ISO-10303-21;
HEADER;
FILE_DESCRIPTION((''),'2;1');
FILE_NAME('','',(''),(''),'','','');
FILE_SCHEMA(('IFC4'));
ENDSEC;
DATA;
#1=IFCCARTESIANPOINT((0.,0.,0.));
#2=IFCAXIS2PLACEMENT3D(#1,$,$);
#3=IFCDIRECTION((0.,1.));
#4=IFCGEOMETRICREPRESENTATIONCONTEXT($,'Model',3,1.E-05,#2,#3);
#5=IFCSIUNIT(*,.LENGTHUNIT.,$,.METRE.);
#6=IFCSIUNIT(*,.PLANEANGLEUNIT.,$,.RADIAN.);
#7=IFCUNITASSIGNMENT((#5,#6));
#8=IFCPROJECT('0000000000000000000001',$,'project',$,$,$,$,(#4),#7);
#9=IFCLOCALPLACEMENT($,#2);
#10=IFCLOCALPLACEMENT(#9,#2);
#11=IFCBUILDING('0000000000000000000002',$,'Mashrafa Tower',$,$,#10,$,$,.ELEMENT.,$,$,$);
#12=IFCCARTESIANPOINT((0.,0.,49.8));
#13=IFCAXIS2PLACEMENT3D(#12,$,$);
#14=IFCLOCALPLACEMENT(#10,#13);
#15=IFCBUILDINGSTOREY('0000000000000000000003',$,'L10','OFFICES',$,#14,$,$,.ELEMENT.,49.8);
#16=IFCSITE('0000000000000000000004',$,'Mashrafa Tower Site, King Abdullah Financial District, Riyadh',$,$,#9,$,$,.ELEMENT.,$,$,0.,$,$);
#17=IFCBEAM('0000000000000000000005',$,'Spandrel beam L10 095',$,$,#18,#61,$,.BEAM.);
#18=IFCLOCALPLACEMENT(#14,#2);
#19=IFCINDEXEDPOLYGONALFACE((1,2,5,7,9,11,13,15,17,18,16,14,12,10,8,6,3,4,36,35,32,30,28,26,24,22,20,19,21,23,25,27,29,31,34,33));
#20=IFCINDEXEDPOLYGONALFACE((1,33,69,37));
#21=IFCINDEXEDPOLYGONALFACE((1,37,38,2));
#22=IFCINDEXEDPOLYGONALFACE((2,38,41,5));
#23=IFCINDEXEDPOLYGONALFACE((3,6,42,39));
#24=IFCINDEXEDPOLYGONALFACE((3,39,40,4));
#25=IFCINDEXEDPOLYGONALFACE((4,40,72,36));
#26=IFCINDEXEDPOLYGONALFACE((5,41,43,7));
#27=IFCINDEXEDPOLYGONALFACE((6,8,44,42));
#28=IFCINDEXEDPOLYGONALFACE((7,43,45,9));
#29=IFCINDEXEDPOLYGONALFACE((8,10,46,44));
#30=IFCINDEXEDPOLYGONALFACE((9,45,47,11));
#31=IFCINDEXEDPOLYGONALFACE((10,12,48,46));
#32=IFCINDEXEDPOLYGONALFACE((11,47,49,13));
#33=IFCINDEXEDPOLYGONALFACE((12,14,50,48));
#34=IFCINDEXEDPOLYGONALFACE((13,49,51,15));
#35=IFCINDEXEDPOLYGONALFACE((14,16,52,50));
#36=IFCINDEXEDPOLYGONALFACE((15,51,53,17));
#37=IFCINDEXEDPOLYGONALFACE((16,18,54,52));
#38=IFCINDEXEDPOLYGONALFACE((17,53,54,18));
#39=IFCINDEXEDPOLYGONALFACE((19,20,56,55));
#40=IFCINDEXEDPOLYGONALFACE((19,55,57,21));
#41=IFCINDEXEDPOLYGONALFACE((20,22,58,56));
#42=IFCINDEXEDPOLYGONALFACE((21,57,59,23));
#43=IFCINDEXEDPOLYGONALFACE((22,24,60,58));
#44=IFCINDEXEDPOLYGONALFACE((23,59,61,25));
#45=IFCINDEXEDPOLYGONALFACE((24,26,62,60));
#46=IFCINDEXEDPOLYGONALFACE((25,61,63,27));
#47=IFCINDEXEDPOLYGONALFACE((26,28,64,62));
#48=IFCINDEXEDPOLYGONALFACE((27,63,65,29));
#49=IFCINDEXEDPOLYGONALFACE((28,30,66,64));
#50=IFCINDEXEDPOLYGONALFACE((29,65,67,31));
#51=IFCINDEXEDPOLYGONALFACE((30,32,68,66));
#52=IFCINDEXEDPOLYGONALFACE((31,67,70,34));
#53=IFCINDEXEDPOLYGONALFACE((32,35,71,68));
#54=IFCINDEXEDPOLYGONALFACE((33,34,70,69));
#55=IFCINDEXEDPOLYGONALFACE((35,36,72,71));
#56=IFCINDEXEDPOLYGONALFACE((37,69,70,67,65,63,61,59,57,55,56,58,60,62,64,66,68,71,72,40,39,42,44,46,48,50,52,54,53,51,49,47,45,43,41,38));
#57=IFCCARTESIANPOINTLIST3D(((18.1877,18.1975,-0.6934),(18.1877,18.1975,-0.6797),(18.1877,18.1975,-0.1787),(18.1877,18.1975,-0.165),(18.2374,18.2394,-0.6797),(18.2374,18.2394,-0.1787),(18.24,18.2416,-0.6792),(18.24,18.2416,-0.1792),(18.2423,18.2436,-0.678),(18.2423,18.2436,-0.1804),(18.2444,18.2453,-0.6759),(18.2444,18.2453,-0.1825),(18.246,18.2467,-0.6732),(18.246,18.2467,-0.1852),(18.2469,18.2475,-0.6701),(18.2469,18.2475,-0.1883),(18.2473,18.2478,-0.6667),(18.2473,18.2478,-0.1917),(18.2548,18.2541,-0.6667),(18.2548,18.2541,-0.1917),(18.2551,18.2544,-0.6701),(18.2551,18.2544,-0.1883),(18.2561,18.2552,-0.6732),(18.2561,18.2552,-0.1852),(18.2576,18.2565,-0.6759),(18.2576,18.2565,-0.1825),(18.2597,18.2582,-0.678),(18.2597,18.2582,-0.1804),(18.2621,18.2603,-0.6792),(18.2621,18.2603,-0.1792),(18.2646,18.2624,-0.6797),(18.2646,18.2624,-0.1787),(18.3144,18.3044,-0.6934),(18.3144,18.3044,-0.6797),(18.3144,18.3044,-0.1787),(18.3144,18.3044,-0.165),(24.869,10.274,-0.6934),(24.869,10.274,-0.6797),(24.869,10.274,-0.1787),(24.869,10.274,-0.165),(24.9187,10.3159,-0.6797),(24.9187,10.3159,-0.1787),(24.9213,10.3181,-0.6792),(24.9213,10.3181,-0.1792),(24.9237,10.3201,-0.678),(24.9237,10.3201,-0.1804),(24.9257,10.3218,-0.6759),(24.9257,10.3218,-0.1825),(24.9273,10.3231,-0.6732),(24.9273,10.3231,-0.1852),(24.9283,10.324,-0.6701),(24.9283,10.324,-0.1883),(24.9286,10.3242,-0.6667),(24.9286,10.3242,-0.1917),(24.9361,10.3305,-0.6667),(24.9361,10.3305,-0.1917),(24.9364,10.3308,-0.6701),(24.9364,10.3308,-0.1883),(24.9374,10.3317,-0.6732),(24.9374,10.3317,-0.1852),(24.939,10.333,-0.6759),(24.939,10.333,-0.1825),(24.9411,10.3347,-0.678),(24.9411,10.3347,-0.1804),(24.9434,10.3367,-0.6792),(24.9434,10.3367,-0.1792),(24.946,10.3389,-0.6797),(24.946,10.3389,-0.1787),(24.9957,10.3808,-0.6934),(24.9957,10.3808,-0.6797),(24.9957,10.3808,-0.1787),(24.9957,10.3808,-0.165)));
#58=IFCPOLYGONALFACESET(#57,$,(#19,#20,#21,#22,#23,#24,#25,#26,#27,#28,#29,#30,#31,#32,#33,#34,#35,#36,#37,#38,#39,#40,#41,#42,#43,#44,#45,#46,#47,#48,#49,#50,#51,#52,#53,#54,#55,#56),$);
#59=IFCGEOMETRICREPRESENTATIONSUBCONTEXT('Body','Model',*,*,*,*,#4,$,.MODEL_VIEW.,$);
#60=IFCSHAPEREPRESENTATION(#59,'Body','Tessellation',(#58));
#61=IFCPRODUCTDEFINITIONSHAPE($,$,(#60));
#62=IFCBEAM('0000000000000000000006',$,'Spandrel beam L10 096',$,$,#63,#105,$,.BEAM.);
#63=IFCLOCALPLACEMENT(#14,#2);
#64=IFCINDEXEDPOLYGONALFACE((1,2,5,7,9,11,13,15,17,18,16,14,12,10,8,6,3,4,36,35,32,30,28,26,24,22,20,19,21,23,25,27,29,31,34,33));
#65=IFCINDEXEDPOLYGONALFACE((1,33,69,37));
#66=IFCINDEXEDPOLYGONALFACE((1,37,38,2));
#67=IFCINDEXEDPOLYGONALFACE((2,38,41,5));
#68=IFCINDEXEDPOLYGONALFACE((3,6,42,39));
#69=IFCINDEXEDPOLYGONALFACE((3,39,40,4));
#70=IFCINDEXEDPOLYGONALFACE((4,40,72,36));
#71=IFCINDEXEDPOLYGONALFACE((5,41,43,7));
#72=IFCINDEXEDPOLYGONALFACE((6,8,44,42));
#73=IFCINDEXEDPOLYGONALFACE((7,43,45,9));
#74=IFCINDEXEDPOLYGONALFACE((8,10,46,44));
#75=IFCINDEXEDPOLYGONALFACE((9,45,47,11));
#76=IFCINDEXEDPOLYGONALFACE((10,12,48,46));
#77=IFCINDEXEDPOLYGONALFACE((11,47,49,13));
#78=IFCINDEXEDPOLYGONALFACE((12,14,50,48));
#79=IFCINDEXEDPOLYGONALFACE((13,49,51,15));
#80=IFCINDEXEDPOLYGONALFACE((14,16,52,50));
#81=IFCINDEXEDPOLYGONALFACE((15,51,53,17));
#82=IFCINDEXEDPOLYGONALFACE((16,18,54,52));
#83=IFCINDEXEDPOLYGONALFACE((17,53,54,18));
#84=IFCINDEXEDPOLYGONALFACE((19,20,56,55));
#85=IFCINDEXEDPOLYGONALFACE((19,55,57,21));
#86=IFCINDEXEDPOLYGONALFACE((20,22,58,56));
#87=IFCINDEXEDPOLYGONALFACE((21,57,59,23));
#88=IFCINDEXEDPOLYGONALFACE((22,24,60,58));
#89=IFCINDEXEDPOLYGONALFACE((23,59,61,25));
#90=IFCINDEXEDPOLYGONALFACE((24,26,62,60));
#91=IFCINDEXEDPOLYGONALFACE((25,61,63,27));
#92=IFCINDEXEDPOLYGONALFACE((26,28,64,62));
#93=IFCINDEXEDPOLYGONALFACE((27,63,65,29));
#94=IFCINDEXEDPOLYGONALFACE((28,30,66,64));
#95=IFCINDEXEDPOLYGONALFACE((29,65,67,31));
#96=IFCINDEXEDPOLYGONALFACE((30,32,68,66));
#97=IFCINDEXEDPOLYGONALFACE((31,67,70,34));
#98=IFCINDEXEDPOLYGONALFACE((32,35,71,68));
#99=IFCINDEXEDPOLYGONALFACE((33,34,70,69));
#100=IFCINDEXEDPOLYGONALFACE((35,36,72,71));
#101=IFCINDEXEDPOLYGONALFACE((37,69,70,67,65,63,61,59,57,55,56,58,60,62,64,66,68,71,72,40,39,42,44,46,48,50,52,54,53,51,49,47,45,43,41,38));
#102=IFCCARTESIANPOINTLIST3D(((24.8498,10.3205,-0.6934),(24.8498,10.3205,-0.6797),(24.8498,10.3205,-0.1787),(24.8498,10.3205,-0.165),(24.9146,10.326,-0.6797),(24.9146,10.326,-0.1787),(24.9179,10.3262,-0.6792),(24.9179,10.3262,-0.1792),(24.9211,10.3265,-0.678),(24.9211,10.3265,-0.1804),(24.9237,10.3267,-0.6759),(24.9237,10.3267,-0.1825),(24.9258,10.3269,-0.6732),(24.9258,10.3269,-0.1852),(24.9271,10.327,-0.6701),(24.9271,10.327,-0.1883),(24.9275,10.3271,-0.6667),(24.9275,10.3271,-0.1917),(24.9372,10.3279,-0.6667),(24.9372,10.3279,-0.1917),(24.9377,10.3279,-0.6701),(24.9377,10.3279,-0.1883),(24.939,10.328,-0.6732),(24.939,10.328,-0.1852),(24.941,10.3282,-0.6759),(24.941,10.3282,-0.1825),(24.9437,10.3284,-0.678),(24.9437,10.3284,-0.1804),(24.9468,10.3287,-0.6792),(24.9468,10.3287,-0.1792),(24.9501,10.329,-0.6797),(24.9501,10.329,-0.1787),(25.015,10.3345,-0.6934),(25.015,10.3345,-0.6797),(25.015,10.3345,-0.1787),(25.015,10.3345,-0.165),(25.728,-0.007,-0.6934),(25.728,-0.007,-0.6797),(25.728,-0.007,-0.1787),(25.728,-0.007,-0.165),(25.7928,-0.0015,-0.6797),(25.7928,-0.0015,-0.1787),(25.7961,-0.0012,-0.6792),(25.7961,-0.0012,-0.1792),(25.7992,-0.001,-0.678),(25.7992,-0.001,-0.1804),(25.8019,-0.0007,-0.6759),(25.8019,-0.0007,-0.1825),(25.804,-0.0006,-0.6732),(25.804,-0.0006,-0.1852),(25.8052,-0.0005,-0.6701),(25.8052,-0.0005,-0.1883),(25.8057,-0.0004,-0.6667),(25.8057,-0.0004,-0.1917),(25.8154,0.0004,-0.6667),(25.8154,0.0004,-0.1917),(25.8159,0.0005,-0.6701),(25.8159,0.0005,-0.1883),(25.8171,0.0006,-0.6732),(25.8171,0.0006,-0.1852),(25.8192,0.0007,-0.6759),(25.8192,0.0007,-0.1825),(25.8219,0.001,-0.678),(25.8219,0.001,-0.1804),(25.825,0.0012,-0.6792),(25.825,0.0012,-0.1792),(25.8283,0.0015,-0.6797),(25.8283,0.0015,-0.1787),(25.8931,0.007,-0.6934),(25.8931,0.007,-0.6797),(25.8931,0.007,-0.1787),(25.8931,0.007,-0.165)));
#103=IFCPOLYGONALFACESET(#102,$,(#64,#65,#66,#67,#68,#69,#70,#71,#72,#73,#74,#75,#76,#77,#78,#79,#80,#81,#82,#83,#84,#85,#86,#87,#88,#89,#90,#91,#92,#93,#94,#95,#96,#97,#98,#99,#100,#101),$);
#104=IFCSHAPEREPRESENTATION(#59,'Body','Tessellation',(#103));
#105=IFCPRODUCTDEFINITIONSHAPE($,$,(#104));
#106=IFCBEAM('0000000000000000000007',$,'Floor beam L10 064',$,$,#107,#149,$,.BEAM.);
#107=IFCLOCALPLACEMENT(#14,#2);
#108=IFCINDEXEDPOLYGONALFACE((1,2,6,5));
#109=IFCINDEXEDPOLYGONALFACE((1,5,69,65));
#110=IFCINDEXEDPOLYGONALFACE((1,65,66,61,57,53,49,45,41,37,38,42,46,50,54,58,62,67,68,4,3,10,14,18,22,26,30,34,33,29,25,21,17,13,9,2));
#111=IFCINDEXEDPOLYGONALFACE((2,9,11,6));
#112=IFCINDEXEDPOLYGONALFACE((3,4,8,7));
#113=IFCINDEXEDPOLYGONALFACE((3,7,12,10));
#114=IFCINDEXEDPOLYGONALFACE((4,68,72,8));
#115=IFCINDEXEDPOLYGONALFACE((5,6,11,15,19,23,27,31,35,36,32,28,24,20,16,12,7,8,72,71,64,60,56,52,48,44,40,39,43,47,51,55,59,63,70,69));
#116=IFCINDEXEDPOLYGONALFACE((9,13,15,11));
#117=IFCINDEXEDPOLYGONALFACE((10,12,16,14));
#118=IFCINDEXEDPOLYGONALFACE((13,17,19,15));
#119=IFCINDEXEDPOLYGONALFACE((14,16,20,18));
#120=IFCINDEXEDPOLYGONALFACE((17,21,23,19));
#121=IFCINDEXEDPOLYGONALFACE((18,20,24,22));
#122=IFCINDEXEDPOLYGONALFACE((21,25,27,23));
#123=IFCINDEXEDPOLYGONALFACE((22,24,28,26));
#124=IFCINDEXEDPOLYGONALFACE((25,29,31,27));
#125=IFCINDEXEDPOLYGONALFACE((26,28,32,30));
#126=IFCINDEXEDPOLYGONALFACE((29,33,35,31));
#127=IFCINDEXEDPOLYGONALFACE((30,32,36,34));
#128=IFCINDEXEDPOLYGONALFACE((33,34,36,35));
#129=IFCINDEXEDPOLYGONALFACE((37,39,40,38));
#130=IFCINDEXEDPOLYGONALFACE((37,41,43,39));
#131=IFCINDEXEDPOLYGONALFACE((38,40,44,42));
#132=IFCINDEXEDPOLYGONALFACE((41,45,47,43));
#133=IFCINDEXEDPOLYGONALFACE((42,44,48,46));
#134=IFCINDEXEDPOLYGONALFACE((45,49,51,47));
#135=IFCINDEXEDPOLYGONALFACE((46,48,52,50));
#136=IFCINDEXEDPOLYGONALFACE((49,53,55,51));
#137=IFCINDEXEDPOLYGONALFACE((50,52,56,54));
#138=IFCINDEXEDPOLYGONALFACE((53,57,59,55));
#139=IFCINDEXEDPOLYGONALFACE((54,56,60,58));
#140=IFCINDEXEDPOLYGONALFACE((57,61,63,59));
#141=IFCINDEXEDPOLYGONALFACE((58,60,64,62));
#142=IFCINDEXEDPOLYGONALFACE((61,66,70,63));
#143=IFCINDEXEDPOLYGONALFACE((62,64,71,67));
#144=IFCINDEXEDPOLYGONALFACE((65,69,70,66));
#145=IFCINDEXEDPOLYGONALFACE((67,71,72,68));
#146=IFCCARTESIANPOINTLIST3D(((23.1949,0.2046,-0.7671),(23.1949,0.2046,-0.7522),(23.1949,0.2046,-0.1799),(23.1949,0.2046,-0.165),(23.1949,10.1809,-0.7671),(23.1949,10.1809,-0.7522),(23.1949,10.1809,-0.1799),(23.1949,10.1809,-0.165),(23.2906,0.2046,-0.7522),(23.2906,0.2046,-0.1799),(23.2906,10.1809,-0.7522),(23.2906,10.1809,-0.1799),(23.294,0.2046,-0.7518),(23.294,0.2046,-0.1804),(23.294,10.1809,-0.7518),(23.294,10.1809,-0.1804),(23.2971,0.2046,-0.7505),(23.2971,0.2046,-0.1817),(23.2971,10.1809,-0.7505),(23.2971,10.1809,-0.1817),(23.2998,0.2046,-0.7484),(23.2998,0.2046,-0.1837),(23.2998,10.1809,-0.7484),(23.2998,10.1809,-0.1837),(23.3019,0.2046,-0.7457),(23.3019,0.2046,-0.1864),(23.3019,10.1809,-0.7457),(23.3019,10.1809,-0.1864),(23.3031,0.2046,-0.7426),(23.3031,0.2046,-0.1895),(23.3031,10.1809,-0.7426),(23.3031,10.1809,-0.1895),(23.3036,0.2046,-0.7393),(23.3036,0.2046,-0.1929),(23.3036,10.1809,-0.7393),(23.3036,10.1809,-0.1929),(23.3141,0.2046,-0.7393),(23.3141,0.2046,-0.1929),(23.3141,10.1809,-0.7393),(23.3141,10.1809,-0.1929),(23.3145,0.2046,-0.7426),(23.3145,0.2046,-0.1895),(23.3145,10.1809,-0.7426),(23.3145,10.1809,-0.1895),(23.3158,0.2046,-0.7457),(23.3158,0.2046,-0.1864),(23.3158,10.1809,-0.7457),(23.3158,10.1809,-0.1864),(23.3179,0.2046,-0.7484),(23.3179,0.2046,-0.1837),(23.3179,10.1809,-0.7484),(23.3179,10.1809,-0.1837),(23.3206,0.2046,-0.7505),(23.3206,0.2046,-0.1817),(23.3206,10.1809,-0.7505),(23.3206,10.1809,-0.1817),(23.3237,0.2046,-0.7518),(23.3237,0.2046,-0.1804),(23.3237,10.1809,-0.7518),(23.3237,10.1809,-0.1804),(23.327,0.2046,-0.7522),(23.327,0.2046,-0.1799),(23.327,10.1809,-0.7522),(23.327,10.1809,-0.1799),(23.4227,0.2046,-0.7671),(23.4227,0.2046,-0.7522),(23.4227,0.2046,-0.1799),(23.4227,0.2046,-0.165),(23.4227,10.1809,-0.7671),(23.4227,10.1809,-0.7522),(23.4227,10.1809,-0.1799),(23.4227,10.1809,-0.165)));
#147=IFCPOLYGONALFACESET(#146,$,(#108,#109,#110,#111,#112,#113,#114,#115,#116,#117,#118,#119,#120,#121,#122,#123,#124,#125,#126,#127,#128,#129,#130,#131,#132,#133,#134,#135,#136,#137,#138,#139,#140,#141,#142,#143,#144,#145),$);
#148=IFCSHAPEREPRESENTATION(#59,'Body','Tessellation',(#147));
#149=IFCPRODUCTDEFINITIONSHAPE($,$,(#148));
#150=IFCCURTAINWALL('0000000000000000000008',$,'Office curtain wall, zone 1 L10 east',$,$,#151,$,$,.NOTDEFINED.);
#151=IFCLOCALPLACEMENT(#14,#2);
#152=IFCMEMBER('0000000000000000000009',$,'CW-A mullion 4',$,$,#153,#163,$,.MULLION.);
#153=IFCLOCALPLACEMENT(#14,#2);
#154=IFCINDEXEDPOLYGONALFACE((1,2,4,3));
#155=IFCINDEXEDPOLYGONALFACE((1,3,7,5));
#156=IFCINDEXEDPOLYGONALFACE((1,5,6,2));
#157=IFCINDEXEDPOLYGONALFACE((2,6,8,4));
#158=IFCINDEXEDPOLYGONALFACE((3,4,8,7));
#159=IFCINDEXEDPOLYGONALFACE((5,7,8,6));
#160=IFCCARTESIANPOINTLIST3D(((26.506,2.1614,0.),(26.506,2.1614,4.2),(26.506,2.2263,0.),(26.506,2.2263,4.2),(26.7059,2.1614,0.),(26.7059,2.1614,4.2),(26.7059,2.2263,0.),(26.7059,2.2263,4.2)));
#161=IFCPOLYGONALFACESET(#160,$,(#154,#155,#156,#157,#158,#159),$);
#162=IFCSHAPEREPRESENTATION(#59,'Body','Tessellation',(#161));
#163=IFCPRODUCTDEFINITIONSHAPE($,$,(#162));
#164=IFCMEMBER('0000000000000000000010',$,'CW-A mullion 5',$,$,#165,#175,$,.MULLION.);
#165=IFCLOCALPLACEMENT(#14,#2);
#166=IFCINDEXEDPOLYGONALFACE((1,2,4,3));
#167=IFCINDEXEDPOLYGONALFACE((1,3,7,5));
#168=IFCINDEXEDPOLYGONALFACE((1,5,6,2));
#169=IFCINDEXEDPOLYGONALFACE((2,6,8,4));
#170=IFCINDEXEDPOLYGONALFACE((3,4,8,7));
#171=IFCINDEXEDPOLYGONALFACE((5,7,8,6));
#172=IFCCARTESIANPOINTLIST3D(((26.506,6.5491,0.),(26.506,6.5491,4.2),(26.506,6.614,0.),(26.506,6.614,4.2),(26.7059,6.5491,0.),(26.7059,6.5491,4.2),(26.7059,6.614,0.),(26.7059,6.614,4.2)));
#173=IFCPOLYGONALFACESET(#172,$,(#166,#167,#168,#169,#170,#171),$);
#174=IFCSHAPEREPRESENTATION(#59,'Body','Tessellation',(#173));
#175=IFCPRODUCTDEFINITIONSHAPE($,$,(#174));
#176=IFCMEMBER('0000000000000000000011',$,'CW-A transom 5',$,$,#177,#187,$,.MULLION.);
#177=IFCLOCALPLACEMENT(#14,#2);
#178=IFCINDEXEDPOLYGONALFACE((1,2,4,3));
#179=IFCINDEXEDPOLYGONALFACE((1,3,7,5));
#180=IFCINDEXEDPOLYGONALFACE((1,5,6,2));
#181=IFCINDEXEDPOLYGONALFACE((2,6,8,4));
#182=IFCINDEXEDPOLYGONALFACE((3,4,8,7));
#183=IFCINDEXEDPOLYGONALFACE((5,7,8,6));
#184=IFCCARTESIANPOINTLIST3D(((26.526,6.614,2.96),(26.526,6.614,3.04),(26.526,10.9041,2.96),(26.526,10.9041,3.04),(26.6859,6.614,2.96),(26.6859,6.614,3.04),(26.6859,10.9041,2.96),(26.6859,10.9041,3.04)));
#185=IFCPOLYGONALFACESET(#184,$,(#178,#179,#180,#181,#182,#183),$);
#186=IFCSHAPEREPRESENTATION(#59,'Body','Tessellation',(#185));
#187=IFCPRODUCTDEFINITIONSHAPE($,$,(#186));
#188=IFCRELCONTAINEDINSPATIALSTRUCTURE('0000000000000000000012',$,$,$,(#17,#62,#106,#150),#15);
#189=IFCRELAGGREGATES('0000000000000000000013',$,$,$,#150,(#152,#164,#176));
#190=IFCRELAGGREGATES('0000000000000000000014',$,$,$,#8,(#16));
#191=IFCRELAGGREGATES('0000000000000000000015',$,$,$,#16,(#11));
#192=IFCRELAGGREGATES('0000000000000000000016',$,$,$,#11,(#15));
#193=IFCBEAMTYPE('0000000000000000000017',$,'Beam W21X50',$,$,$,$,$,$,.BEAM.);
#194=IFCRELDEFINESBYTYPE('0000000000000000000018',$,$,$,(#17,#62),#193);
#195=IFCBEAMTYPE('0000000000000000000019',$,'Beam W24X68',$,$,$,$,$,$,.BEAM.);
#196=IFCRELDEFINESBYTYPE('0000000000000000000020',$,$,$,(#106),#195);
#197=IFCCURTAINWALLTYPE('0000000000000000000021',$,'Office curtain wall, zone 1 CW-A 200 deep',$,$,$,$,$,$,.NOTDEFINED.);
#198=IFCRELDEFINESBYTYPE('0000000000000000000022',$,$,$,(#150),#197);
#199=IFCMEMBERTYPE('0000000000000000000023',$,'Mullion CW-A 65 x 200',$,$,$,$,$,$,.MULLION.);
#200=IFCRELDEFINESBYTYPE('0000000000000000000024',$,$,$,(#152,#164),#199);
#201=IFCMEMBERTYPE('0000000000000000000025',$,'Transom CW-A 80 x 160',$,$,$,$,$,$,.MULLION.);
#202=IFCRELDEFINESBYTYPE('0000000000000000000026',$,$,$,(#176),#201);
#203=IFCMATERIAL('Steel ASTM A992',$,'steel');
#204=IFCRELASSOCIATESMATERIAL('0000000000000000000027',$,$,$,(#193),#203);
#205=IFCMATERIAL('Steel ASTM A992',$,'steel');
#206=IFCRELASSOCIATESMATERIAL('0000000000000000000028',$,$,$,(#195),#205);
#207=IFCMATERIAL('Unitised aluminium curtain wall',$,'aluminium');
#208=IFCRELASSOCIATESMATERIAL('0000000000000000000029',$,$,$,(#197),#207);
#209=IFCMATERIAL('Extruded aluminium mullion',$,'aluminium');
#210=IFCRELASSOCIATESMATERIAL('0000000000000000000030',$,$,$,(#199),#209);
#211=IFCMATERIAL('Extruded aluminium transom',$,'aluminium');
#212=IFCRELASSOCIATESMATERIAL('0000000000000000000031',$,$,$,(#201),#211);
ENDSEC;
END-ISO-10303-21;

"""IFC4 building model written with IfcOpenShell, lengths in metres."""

from ifc_helpers import new_model, si_unit, direction, frame, origin, origin_2d, place, context, subcontext, project, spatial, rectangle, i_section, extrude, source, transform, mapped, material, material_profile, profile_set, type_object, type_shapes, element, aggregate, save


model = new_model("IFC4")

# Units and contexts
model_context = context("Model", 3, precision=1e-05, world=origin(), true_north=direction((0.0, 1.0)))
body_context = subcontext(model_context, "Body", "Model", "MODEL_VIEW")
ifc_project = project(units=[si_unit("LENGTHUNIT", "METRE"), si_unit("PLANEANGLEUNIT", "RADIAN")], contexts=[model_context])

# Site, building, storey
site_placement = place(None, origin())
site = spatial("IfcSite", under=ifc_project, at=site_placement, Name="Mashrafa Tower Site, King Abdullah Financial District, Riyadh", CompositionType="ELEMENT", RefElevation=0.0)
building_placement = place(site_placement, origin())
building = spatial("IfcBuilding", under=site, at=building_placement, Name="Mashrafa Tower", CompositionType="ELEMENT")
storey_placement = place(building_placement, frame((0.0, 0.0, 49.8)))
storey = spatial("IfcBuildingStorey", under=building, at=storey_placement, Name="L10", Description="OFFICES", CompositionType="ELEMENT", Elevation=49.8)

# Beams
ifc_material_1 = material(Name="Steel ASTM A992", Category="steel")
ifc_material_profile_1 = material_profile(ifc_material_1, i_section(OverallWidth=0.1658, OverallDepth=0.5283, WebThickness=0.0098, FlangeThickness=0.0137, FilletRadius=0.0129, at=origin_2d()), Name="W21X50")
ifc_profile_set_1 = profile_set([ifc_material_profile_1], Name="Steel ASTM A992")
beam_type_1 = type_object("IfcBeamType", Name="Beam W21X50", PredefinedType="BEAM", material=ifc_profile_set_1)
beam_1_placement = place(storey_placement, frame((24.9324, 10.3274, -0.4292), z_axis=(-0.644638, 0.764488, 0.0), x_axis=(-0.764488, -0.644638, 0.0)))
element("IfcBeam", 1, at=beam_1_placement, inside=storey, type_object=beam_type_1, Name="Spandrel beam L10 095", PredefinedType="BEAM", context=body_context, shape_type="SweptSolid", body=[
    extrude(i_section(OverallWidth=0.1658, OverallDepth=0.5283, WebThickness=0.0098, FlangeThickness=0.0137, FilletRadius=0.0129, at=origin_2d()), origin(), (0.0, 0.0, 1.0), 10.3645),
])
beam_2_placement = place(storey_placement, frame((25.8105, 0.0, -0.4292), z_axis=(-0.084728, 0.996404, 0.0), x_axis=(-0.996404, -0.084728, 0.0)))
element("IfcBeam", 2, at=beam_2_placement, inside=storey, type_object=beam_type_1, Name="Spandrel beam L10 096", PredefinedType="BEAM", context=body_context, shape_type="SweptSolid", body=[
    extrude(i_section(OverallWidth=0.1658, OverallDepth=0.5283, WebThickness=0.0098, FlangeThickness=0.0137, FilletRadius=0.0129, at=origin_2d()), origin(), (0.0, 0.0, 1.0), 10.3647),
])
ifc_material_2 = material(Name="Steel ASTM A992", Category="steel")
ifc_material_profile_2 = material_profile(ifc_material_2, i_section(OverallWidth=0.2278, OverallDepth=0.6021, WebThickness=0.0105, FlangeThickness=0.0149, FilletRadius=0.0129, at=origin_2d()), Name="W24X68")
ifc_profile_set_2 = profile_set([ifc_material_profile_2], Name="Steel ASTM A992")
beam_type_2 = type_object("IfcBeamType", Name="Beam W24X68", PredefinedType="BEAM", material=ifc_profile_set_2)
beam_3_placement = place(storey_placement, frame((23.3088, 10.1809, -0.4661), z_axis=(0.0, -1.0, 0.0), x_axis=(1.0, 0.0, 0.0)))
element("IfcBeam", 3, at=beam_3_placement, inside=storey, type_object=beam_type_2, Name="Floor beam L10 064", PredefinedType="BEAM", context=body_context, shape_type="SweptSolid", body=[
    extrude(i_section(OverallWidth=0.2278, OverallDepth=0.6021, WebThickness=0.0105, FlangeThickness=0.0149, FilletRadius=0.0129, at=origin_2d()), origin(), (0.0, 0.0, 1.0), 9.9763),
])

# Curtain wall, members
ifc_material_3 = material(Name="Unitised aluminium curtain wall", Category="aluminium")
curtain_wall_type = type_object("IfcCurtainWallType", Name="Office curtain wall, zone 1 CW-A 200 deep", PredefinedType="NOTDEFINED", material=ifc_material_3)
curtain_wall_placement = place(storey_placement, origin())
curtain_wall = element("IfcCurtainWall", 4, at=curtain_wall_placement, inside=storey, type_object=curtain_wall_type, Name="Office curtain wall, zone 1 L10 east", PredefinedType="NOTDEFINED")
ifc_material_4 = material(Name="Extruded aluminium mullion", Category="aluminium")
ifc_material_profile_3 = material_profile(ifc_material_4, rectangle(XDim=0.2, YDim=0.0649, at=origin_2d()), Name="Mullion 65x200")
ifc_profile_set_3 = profile_set([ifc_material_profile_3], Name="Extruded aluminium mullion")
member_type_1 = type_object("IfcMemberType", Name="Mullion CW-A 65 x 200", PredefinedType="MULLION", material=ifc_profile_set_3)
shared_shape_1 = source(origin(), body_context, "Body", "SweptSolid", [
    extrude(rectangle(XDim=0.2, YDim=0.0649, at=origin_2d()), origin(), (0.0, 0.0, 1.0), 4.2),
])
type_shapes(member_type_1, [shared_shape_1])
member_1_placement = place(storey_placement, frame((26.606, 2.1938, 0.0), z_axis=(0.0, 0.0, 1.0), x_axis=(-1.0, 0.0, 0.0)))
member_1 = element("IfcMember", 5, at=member_1_placement, type_object=member_type_1, Name="CW-A mullion 4", PredefinedType="MULLION", context=body_context, shape_type="MappedRepresentation", body=[
    mapped(shared_shape_1, transform((0.0, 0.0, 0.0))),
])
member_2_placement = place(storey_placement, frame((26.606, 6.5815, 0.0), z_axis=(0.0, 0.0, 1.0), x_axis=(-1.0, 0.0, 0.0)))
member_2 = element("IfcMember", 6, at=member_2_placement, type_object=member_type_1, Name="CW-A mullion 5", PredefinedType="MULLION", context=body_context, shape_type="MappedRepresentation", body=[
    mapped(shared_shape_1, transform((0.0, 0.0, 0.0))),
])
ifc_material_5 = material(Name="Extruded aluminium transom", Category="aluminium")
ifc_material_profile_4 = material_profile(ifc_material_5, rectangle(XDim=0.1599, YDim=0.0801, at=origin_2d()), Name="Transom 80x160")
ifc_profile_set_4 = profile_set([ifc_material_profile_4], Name="Extruded aluminium transom")
member_type_2 = type_object("IfcMemberType", Name="Transom CW-A 80 x 160", PredefinedType="MULLION", material=ifc_profile_set_4)
shared_shape_2 = source(origin(), body_context, "Body", "SweptSolid", [
    extrude(rectangle(XDim=0.1599, YDim=0.0801, at=origin_2d()), origin(), (0.0, 0.0, 1.0), 4.29),
])
member_3_placement = place(storey_placement, frame((26.606, 6.614, 3.0), z_axis=(0.0, 1.0, 0.0), x_axis=(-1.0, 0.0, 0.0)))
member_3 = element("IfcMember", 7, at=member_3_placement, type_object=member_type_2, Name="CW-A transom 5", PredefinedType="MULLION", context=body_context, shape_type="MappedRepresentation", body=[
    mapped(shared_shape_2, transform((0.0, 0.0, 0.0))),
])
aggregate(curtain_wall, [member_1, member_2, member_3])

save(model, "model.ifc")
